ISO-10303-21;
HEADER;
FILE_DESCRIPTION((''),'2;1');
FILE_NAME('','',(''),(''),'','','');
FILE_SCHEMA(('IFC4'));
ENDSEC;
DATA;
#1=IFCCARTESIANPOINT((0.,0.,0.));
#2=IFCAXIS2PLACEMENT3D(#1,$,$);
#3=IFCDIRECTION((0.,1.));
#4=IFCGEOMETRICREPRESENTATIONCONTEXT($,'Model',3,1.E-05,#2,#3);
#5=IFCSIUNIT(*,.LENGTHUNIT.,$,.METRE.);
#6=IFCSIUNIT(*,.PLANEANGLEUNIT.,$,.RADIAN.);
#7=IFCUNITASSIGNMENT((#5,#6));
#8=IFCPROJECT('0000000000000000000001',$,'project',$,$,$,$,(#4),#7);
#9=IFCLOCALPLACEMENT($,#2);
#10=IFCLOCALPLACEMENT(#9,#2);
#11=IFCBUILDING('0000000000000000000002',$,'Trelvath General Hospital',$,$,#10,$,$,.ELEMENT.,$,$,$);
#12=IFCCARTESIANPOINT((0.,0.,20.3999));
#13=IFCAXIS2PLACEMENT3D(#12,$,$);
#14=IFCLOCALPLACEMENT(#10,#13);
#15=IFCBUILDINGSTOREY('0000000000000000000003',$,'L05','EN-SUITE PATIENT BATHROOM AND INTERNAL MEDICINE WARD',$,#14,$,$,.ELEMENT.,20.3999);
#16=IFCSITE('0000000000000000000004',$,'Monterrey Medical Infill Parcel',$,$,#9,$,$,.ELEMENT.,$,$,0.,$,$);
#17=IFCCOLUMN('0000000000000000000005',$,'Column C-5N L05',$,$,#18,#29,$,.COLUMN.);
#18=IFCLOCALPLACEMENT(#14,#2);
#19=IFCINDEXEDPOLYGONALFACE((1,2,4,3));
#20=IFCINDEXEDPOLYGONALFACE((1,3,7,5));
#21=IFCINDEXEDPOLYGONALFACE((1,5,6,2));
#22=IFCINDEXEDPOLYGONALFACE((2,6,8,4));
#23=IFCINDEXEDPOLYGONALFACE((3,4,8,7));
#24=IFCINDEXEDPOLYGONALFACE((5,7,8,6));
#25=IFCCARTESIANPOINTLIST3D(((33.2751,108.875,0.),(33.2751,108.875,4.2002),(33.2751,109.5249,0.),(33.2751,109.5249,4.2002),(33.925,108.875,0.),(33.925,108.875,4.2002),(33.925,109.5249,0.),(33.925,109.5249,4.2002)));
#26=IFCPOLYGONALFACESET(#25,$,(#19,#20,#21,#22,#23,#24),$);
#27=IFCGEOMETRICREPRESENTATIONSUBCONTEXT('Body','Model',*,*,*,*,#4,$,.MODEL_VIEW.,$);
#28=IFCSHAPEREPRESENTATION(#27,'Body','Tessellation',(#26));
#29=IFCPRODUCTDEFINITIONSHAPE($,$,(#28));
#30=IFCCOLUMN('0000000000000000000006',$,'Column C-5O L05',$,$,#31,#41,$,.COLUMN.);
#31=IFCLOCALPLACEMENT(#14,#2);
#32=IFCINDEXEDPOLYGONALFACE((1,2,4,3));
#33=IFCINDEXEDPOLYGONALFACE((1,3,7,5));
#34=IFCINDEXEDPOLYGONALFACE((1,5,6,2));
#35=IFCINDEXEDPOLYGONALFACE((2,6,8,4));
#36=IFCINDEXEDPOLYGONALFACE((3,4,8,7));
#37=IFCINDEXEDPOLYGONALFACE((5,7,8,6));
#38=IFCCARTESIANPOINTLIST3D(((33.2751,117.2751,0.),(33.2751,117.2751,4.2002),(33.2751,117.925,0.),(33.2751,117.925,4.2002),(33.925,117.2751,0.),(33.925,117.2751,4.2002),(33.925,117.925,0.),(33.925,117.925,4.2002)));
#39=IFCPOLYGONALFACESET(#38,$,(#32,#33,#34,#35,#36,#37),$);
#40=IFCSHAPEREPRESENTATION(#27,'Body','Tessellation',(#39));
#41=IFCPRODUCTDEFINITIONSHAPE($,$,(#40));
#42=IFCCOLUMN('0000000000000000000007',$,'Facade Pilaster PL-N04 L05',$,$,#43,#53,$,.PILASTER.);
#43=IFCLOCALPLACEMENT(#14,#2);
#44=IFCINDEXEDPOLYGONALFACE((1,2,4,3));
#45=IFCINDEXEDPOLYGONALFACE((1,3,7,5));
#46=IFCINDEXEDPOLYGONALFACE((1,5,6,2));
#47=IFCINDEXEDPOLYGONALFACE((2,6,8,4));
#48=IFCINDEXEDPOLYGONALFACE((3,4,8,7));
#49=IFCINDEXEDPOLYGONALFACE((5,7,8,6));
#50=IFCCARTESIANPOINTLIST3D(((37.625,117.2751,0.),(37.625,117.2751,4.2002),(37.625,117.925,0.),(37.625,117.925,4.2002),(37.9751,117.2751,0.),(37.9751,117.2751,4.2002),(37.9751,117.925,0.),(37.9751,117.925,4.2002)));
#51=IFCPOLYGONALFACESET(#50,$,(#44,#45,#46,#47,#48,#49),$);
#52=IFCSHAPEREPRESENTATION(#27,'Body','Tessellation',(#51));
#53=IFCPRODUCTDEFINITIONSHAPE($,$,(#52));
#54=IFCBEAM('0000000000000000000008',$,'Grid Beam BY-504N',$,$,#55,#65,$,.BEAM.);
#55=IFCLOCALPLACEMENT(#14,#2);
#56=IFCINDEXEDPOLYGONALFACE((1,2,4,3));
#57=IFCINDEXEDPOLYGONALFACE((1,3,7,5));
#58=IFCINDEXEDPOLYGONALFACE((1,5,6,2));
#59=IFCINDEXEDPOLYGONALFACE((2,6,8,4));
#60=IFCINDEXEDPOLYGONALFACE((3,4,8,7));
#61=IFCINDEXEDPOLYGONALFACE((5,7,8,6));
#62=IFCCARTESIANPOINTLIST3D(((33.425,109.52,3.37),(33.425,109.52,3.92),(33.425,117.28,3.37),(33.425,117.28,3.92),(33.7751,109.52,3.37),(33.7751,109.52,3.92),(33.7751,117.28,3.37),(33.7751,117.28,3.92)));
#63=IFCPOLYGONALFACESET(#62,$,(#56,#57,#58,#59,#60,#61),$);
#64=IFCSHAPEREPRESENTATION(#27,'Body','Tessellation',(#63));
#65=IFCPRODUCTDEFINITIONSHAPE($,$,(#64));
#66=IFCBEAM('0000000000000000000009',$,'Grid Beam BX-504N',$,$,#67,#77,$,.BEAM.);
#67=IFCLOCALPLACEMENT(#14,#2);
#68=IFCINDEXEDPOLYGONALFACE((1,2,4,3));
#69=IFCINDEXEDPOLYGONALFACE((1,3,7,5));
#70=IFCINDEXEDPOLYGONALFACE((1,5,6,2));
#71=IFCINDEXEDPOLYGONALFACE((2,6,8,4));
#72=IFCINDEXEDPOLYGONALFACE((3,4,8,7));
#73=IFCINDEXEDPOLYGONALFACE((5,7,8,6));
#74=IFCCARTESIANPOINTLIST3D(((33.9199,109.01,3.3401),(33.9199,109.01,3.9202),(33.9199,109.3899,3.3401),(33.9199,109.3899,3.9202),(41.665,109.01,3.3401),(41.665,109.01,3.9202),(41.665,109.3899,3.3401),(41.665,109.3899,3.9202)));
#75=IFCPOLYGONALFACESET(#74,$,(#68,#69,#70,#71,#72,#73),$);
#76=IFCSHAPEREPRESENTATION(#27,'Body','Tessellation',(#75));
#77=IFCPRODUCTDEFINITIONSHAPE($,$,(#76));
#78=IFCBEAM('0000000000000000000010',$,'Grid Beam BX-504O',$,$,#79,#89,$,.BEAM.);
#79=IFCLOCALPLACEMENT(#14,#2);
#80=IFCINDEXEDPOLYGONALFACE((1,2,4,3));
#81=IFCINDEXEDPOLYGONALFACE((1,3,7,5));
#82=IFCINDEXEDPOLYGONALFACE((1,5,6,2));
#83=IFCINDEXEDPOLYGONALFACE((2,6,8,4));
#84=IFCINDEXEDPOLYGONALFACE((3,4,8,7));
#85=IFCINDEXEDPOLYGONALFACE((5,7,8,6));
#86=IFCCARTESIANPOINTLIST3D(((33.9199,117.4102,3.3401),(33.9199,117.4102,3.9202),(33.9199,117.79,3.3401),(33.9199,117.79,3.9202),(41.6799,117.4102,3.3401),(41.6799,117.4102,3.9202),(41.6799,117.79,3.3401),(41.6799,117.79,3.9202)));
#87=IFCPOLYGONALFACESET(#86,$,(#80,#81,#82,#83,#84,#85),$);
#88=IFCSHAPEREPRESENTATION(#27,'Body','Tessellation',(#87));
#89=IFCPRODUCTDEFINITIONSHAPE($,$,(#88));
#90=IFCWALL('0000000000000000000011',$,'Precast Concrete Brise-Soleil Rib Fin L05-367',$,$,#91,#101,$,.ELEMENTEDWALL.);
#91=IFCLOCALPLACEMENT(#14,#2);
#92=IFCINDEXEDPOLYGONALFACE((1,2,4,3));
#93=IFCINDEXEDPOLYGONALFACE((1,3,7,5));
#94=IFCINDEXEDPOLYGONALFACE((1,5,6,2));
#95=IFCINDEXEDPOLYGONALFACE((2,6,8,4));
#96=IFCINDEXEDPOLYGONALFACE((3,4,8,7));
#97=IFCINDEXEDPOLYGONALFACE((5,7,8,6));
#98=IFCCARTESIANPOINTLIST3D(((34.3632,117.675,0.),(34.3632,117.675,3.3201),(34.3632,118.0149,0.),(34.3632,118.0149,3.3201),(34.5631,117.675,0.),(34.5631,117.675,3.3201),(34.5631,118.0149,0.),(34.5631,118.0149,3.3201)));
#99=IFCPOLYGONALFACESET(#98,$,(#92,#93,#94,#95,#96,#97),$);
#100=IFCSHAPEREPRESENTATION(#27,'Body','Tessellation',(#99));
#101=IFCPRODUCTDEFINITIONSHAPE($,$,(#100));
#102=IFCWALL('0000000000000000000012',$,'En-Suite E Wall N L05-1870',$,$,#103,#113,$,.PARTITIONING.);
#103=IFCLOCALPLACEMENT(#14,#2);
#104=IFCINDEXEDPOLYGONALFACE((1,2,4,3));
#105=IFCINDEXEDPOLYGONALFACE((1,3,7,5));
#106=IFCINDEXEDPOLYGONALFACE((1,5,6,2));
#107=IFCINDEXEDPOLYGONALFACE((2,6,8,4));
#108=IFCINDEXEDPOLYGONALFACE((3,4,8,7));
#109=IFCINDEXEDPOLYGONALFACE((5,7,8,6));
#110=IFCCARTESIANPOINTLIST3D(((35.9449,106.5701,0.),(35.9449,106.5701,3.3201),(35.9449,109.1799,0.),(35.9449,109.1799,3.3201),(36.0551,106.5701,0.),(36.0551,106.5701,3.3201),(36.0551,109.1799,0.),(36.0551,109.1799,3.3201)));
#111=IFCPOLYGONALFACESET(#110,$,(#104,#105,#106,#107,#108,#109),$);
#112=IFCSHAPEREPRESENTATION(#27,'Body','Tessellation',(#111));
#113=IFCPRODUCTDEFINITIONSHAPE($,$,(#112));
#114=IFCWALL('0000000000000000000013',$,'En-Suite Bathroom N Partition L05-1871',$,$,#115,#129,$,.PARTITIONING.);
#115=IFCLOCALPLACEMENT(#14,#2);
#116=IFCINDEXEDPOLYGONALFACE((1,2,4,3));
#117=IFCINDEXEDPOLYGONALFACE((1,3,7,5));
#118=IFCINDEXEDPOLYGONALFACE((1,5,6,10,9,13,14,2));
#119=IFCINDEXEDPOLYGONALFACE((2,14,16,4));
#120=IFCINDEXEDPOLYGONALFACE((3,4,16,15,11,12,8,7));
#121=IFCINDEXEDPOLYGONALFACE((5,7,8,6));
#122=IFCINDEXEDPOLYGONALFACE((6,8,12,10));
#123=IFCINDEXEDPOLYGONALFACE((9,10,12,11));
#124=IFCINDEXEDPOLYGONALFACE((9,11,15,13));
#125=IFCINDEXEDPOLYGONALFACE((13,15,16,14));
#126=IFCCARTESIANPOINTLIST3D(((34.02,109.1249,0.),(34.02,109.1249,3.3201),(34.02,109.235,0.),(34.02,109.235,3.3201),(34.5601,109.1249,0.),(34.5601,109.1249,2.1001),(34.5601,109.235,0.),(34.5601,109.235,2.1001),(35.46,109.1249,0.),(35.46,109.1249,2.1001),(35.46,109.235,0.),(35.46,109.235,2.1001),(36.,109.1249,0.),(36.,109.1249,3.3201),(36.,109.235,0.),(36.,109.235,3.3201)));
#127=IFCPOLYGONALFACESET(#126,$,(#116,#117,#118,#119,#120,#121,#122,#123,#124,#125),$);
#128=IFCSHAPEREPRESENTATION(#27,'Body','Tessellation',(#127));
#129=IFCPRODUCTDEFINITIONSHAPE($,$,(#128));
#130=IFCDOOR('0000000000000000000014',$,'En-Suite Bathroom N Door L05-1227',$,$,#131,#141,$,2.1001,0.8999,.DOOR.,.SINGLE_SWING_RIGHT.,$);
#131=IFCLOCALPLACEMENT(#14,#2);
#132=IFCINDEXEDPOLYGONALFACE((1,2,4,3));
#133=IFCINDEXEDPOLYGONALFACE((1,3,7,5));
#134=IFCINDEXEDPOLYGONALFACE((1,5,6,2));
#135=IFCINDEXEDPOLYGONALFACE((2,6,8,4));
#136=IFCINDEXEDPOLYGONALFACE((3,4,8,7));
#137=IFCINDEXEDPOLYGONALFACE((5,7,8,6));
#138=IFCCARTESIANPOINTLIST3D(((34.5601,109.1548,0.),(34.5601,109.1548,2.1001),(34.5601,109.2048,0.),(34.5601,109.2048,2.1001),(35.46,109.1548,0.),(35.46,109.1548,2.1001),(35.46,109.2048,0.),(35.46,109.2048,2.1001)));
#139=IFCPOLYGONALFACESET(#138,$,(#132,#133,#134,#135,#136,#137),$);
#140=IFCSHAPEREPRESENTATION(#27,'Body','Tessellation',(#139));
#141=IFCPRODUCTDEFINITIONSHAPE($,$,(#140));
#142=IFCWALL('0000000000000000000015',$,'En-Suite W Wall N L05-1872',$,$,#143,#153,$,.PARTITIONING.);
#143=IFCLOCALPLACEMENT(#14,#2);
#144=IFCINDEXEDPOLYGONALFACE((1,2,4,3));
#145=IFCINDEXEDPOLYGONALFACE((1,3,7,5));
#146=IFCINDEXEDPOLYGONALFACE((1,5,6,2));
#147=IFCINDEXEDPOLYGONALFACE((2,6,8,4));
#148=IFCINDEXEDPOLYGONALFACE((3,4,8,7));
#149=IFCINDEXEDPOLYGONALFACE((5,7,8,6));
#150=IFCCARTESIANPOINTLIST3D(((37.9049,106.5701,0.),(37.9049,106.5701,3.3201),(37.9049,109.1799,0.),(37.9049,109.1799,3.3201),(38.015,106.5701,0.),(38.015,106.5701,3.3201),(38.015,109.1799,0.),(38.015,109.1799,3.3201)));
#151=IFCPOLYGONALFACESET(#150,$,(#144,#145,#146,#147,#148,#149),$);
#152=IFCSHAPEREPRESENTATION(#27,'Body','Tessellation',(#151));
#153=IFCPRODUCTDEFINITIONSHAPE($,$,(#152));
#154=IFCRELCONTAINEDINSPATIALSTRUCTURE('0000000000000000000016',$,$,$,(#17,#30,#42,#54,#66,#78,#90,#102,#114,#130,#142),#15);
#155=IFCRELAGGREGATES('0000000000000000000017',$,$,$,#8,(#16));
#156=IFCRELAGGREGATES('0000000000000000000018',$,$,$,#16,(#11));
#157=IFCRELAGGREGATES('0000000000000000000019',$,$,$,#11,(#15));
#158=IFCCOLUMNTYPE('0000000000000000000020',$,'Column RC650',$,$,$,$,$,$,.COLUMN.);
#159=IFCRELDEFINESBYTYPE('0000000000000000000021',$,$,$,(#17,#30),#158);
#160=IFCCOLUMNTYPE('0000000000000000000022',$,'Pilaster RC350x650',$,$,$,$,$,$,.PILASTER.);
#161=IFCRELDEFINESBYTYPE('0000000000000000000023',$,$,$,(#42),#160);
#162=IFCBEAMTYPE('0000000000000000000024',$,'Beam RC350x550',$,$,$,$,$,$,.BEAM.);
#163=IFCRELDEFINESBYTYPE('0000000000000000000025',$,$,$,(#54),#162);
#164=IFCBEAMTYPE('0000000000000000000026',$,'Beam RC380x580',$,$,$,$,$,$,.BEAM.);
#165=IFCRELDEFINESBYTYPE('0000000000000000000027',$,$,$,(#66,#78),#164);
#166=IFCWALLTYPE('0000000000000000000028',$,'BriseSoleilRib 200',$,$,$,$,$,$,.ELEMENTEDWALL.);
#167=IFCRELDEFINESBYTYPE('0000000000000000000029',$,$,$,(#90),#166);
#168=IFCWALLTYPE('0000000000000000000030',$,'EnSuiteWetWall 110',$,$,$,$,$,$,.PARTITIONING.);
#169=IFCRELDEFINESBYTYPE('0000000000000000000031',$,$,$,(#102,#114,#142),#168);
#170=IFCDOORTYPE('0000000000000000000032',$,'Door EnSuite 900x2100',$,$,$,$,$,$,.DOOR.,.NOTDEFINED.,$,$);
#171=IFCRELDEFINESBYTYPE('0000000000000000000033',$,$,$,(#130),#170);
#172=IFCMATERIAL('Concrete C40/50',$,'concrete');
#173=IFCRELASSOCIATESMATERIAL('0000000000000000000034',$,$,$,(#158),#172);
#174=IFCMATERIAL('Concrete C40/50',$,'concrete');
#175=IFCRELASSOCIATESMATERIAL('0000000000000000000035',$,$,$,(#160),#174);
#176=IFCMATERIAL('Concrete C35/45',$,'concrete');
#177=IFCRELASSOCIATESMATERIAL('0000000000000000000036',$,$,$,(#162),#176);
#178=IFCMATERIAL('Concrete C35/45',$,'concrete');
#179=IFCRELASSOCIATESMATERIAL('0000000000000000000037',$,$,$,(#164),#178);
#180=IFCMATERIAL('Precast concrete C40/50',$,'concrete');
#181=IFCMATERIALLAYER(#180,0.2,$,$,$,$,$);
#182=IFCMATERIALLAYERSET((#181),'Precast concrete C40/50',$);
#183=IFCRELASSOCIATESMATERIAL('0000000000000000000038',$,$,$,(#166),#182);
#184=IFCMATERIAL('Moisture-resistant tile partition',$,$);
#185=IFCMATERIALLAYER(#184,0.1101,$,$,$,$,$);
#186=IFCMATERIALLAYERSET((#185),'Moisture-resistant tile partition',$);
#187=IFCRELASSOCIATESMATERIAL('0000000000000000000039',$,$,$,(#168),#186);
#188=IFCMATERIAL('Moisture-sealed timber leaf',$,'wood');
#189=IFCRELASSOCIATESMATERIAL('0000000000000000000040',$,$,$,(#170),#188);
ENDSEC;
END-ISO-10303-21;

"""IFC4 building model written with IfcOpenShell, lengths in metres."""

from ifc_helpers import new_model, si_unit, direction, frame, frame_2d, origin, origin_2d, place, context, subcontext, project, spatial, rectangle, extrude, material, layer, layer_set, material_profile, profile_set, type_object, element, fill, save


model = new_model("IFC4")

# Units and contexts
model_context = context("Model", 3, precision=1e-05, world=origin(), true_north=direction((0.0, 1.0)))
body_context = subcontext(model_context, "Body", "Model", "MODEL_VIEW")
ifc_project = project(units=[si_unit("LENGTHUNIT", "METRE"), si_unit("PLANEANGLEUNIT", "RADIAN")], contexts=[model_context])

# Site, building, storey
site_placement = place(None, origin())
site = spatial("IfcSite", under=ifc_project, at=site_placement, Name="Monterrey Medical Infill Parcel", CompositionType="ELEMENT", RefElevation=0.0)
building_placement = place(site_placement, origin())
building = spatial("IfcBuilding", under=site, at=building_placement, Name="Trelvath General Hospital", CompositionType="ELEMENT")
storey_placement = place(building_placement, frame((0.0, 0.0, 20.3999)))
storey = spatial("IfcBuildingStorey", under=building, at=storey_placement, Name="L05", Description="EN-SUITE PATIENT BATHROOM AND INTERNAL MEDICINE WARD", CompositionType="ELEMENT", Elevation=20.3999)

# Columns
ifc_material_1 = material(Name="Concrete C40/50", Category="concrete")
ifc_material_profile_1 = material_profile(ifc_material_1, rectangle(XDim=0.6499, YDim=0.6499, at=origin_2d()), Name="RC650x650")
ifc_profile_set_1 = profile_set([ifc_material_profile_1], Name="Concrete C40/50")
column_type_1 = type_object("IfcColumnType", Name="Column RC650", PredefinedType="COLUMN", material=ifc_profile_set_1)
for number, where, z_axis, x_axis, name in (
    (1, (33.6001, 109.2, 0.0), (0.0, 0.0, 1.0), (1.0, 0.0, 0.0), "Column C-5N L05"),
    (2, (33.6001, 117.6001, 0.0), (0.0, 0.0, 1.0), (1.0, 0.0, 0.0), "Column C-5O L05"),
):
    element("IfcColumn", number, at=place(storey_placement, frame(where, z_axis=z_axis, x_axis=x_axis)), inside=storey, type_object=column_type_1, Name=name, PredefinedType="COLUMN", context=body_context, shape_type="SweptSolid", body=[
        extrude(rectangle(XDim=0.6499, YDim=0.6499, at=origin_2d()), origin(), (0.0, 0.0, 1.0), 4.2002),
    ])
ifc_material_2 = material(Name="Concrete C40/50", Category="concrete")
ifc_material_profile_2 = material_profile(ifc_material_2, rectangle(XDim=0.3501, YDim=0.6499, at=origin_2d()), Name="RC350x650")
ifc_profile_set_2 = profile_set([ifc_material_profile_2], Name="Concrete C40/50")
column_type_2 = type_object("IfcColumnType", Name="Pilaster RC350x650", PredefinedType="PILASTER", material=ifc_profile_set_2)
column_placement = place(storey_placement, frame((37.8, 117.6001, 0.0), z_axis=(0.0, 0.0, 1.0), x_axis=(1.0, 0.0, 0.0)))
element("IfcColumn", 3, at=column_placement, inside=storey, type_object=column_type_2, Name="Facade Pilaster PL-N04 L05", PredefinedType="PILASTER", context=body_context, shape_type="SweptSolid", body=[
    extrude(rectangle(XDim=0.3501, YDim=0.6499, at=origin_2d()), origin(), (0.0, 0.0, 1.0), 4.2002),
])

# Beams
ifc_material_3 = material(Name="Concrete C35/45", Category="concrete")
ifc_material_profile_3 = material_profile(ifc_material_3, rectangle(XDim=0.3501, YDim=0.55, at=origin_2d()), Name="RCB350x550")
ifc_profile_set_3 = profile_set([ifc_material_profile_3], Name="Concrete C35/45")
beam_type_1 = type_object("IfcBeamType", Name="Beam RC350x550", PredefinedType="BEAM", material=ifc_profile_set_3)
beam_1_placement = place(storey_placement, frame((33.6001, 109.52, 3.645), z_axis=(0.0, 1.0, 0.0), x_axis=(-1.0, 0.0, 0.0)))
element("IfcBeam", 4, at=beam_1_placement, inside=storey, type_object=beam_type_1, Name="Grid Beam BY-504N", PredefinedType="BEAM", context=body_context, shape_type="SweptSolid", body=[
    extrude(rectangle(XDim=0.3501, YDim=0.55, at=origin_2d()), origin(), (0.0, 0.0, 1.0), 7.76),
])
ifc_material_4 = material(Name="Concrete C35/45", Category="concrete")
ifc_material_profile_4 = material_profile(ifc_material_4, rectangle(XDim=0.3799, YDim=0.5801, at=origin_2d()), Name="RCB380x580")
ifc_profile_set_4 = profile_set([ifc_material_profile_4], Name="Concrete C35/45")
beam_type_2 = type_object("IfcBeamType", Name="Beam RC380x580", PredefinedType="BEAM", material=ifc_profile_set_4)
beam_2_placement = place(storey_placement, frame((33.9199, 109.2, 3.6301), z_axis=(1.0, 0.0, 0.0), x_axis=(0.0, 1.0, 0.0)))
element("IfcBeam", 5, at=beam_2_placement, inside=storey, type_object=beam_type_2, Name="Grid Beam BX-504N", PredefinedType="BEAM", context=body_context, shape_type="SweptSolid", body=[
    extrude(rectangle(XDim=0.3799, YDim=0.5801, at=origin_2d()), origin(), (0.0, 0.0, 1.0), 7.7451),
])
beam_3_placement = place(storey_placement, frame((33.9199, 117.6001, 3.6301), z_axis=(1.0, 0.0, 0.0), x_axis=(0.0, 1.0, 0.0)))
element("IfcBeam", 6, at=beam_3_placement, inside=storey, type_object=beam_type_2, Name="Grid Beam BX-504O", PredefinedType="BEAM", context=body_context, shape_type="SweptSolid", body=[
    extrude(rectangle(XDim=0.3799, YDim=0.5801, at=origin_2d()), origin(), (0.0, 0.0, 1.0), 7.76),
])

# Walls
ifc_material_5 = material(Name="Precast concrete C40/50", Category="concrete")
ifc_layer_1 = layer(ifc_material_5, 0.2)
ifc_layer_set_1 = layer_set([ifc_layer_1], Name="Precast concrete C40/50")
wall_type_1 = type_object("IfcWallType", Name="BriseSoleilRib 200", PredefinedType="ELEMENTEDWALL", material=ifc_layer_set_1)
wall_1_placement = place(storey_placement, frame((34.4631, 117.675, 0.0), z_axis=(0.0, 0.0, 1.0), x_axis=(0.0, 1.0, 0.0)))
element("IfcWall", 7, at=wall_1_placement, inside=storey, type_object=wall_type_1, Name="Precast Concrete Brise-Soleil Rib Fin L05-367", PredefinedType="ELEMENTEDWALL", context=body_context, shape_type="SweptSolid", body=[
    extrude(rectangle(XDim=0.3398, YDim=0.2, at=frame_2d((0.1699, 0.0))), origin(), (0.0, 0.0, 1.0), 3.3201),
])
ifc_material_6 = material(Name="Moisture-resistant tile partition")
ifc_layer_2 = layer(ifc_material_6, 0.1101)
ifc_layer_set_2 = layer_set([ifc_layer_2], Name="Moisture-resistant tile partition")
wall_type_2 = type_object("IfcWallType", Name="EnSuiteWetWall 110", PredefinedType="PARTITIONING", material=ifc_layer_set_2)
wall_2_placement = place(storey_placement, frame((36.0, 106.5701, 0.0), z_axis=(0.0, 0.0, 1.0), x_axis=(0.0, 1.0, 0.0)))
element("IfcWall", 8, at=wall_2_placement, inside=storey, type_object=wall_type_2, Name="En-Suite E Wall N L05-1870", PredefinedType="PARTITIONING", context=body_context, shape_type="SweptSolid", body=[
    extrude(rectangle(XDim=2.6099, YDim=0.1101, at=frame_2d((1.3049, 0.0))), origin(), (0.0, 0.0, 1.0), 3.3201),
])

# Wall, opening, door
wall_3_placement = place(storey_placement, frame((34.02, 109.1799, 0.0), z_axis=(0.0, 0.0, 1.0), x_axis=(1.0, 0.0, 0.0)))
wall_3 = element("IfcWall", 9, at=wall_3_placement, inside=storey, type_object=wall_type_2, Name="En-Suite Bathroom N Partition L05-1871", PredefinedType="PARTITIONING", context=body_context, shape_type="SweptSolid", body=[
    extrude(rectangle(XDim=1.98, YDim=0.1101, at=frame_2d((0.99, 0.0))), origin(), (0.0, 0.0, 1.0), 3.3201),
])
opening_1_placement = place(wall_3_placement, frame((0.54, 0.0, 0.0)))
opening_1 = element("IfcOpeningElement", 10, at=opening_1_placement, cuts=wall_3, PredefinedType="OPENING", context=body_context, shape_type="SweptSolid", body=[
    extrude(rectangle(XDim=0.8999, YDim=2.1001, at=frame_2d((0.45, 1.05))), frame((0.0, 0.0649, 0.0), z_axis=(0.0, -1.0, 0.0), x_axis=(1.0, 0.0, 0.0)), (0.0, 0.0, 1.0), 0.1301),
])
ifc_material_7 = material(Name="Moisture-sealed timber leaf", Category="wood")
door_type = type_object("IfcDoorType", Name="Door EnSuite 900x2100", OperationType="NOTDEFINED", PredefinedType="DOOR", material=ifc_material_7)
door_placement = place(opening_1_placement, origin())
door = element("IfcDoor", 11, at=door_placement, inside=storey, type_object=door_type, Name="En-Suite Bathroom N Door L05-1227", OperationType="SINGLE_SWING_RIGHT", OverallHeight=2.1001, OverallWidth=0.8999, PredefinedType="DOOR", context=body_context, shape_type="SweptSolid", body=[
    extrude(rectangle(XDim=0.8999, YDim=2.1001, at=frame_2d((0.45, 1.05))), frame((0.0, 0.0249, 0.0), z_axis=(0.0, -1.0, 0.0), x_axis=(1.0, 0.0, 0.0)), (0.0, 0.0, 1.0), 0.05),
])
fill(opening_1, door)

# Wall
wall_4_placement = place(storey_placement, frame((37.96, 106.5701, 0.0), z_axis=(0.0, 0.0, 1.0), x_axis=(0.0, 1.0, 0.0)))
element("IfcWall", 12, at=wall_4_placement, inside=storey, type_object=wall_type_2, Name="En-Suite W Wall N L05-1872", PredefinedType="PARTITIONING", context=body_context, shape_type="SweptSolid", body=[
    extrude(rectangle(XDim=2.6099, YDim=0.1101, at=frame_2d((1.3049, 0.0))), origin(), (0.0, 0.0, 1.0), 3.3201),
])

save(model, "model.ifc")
